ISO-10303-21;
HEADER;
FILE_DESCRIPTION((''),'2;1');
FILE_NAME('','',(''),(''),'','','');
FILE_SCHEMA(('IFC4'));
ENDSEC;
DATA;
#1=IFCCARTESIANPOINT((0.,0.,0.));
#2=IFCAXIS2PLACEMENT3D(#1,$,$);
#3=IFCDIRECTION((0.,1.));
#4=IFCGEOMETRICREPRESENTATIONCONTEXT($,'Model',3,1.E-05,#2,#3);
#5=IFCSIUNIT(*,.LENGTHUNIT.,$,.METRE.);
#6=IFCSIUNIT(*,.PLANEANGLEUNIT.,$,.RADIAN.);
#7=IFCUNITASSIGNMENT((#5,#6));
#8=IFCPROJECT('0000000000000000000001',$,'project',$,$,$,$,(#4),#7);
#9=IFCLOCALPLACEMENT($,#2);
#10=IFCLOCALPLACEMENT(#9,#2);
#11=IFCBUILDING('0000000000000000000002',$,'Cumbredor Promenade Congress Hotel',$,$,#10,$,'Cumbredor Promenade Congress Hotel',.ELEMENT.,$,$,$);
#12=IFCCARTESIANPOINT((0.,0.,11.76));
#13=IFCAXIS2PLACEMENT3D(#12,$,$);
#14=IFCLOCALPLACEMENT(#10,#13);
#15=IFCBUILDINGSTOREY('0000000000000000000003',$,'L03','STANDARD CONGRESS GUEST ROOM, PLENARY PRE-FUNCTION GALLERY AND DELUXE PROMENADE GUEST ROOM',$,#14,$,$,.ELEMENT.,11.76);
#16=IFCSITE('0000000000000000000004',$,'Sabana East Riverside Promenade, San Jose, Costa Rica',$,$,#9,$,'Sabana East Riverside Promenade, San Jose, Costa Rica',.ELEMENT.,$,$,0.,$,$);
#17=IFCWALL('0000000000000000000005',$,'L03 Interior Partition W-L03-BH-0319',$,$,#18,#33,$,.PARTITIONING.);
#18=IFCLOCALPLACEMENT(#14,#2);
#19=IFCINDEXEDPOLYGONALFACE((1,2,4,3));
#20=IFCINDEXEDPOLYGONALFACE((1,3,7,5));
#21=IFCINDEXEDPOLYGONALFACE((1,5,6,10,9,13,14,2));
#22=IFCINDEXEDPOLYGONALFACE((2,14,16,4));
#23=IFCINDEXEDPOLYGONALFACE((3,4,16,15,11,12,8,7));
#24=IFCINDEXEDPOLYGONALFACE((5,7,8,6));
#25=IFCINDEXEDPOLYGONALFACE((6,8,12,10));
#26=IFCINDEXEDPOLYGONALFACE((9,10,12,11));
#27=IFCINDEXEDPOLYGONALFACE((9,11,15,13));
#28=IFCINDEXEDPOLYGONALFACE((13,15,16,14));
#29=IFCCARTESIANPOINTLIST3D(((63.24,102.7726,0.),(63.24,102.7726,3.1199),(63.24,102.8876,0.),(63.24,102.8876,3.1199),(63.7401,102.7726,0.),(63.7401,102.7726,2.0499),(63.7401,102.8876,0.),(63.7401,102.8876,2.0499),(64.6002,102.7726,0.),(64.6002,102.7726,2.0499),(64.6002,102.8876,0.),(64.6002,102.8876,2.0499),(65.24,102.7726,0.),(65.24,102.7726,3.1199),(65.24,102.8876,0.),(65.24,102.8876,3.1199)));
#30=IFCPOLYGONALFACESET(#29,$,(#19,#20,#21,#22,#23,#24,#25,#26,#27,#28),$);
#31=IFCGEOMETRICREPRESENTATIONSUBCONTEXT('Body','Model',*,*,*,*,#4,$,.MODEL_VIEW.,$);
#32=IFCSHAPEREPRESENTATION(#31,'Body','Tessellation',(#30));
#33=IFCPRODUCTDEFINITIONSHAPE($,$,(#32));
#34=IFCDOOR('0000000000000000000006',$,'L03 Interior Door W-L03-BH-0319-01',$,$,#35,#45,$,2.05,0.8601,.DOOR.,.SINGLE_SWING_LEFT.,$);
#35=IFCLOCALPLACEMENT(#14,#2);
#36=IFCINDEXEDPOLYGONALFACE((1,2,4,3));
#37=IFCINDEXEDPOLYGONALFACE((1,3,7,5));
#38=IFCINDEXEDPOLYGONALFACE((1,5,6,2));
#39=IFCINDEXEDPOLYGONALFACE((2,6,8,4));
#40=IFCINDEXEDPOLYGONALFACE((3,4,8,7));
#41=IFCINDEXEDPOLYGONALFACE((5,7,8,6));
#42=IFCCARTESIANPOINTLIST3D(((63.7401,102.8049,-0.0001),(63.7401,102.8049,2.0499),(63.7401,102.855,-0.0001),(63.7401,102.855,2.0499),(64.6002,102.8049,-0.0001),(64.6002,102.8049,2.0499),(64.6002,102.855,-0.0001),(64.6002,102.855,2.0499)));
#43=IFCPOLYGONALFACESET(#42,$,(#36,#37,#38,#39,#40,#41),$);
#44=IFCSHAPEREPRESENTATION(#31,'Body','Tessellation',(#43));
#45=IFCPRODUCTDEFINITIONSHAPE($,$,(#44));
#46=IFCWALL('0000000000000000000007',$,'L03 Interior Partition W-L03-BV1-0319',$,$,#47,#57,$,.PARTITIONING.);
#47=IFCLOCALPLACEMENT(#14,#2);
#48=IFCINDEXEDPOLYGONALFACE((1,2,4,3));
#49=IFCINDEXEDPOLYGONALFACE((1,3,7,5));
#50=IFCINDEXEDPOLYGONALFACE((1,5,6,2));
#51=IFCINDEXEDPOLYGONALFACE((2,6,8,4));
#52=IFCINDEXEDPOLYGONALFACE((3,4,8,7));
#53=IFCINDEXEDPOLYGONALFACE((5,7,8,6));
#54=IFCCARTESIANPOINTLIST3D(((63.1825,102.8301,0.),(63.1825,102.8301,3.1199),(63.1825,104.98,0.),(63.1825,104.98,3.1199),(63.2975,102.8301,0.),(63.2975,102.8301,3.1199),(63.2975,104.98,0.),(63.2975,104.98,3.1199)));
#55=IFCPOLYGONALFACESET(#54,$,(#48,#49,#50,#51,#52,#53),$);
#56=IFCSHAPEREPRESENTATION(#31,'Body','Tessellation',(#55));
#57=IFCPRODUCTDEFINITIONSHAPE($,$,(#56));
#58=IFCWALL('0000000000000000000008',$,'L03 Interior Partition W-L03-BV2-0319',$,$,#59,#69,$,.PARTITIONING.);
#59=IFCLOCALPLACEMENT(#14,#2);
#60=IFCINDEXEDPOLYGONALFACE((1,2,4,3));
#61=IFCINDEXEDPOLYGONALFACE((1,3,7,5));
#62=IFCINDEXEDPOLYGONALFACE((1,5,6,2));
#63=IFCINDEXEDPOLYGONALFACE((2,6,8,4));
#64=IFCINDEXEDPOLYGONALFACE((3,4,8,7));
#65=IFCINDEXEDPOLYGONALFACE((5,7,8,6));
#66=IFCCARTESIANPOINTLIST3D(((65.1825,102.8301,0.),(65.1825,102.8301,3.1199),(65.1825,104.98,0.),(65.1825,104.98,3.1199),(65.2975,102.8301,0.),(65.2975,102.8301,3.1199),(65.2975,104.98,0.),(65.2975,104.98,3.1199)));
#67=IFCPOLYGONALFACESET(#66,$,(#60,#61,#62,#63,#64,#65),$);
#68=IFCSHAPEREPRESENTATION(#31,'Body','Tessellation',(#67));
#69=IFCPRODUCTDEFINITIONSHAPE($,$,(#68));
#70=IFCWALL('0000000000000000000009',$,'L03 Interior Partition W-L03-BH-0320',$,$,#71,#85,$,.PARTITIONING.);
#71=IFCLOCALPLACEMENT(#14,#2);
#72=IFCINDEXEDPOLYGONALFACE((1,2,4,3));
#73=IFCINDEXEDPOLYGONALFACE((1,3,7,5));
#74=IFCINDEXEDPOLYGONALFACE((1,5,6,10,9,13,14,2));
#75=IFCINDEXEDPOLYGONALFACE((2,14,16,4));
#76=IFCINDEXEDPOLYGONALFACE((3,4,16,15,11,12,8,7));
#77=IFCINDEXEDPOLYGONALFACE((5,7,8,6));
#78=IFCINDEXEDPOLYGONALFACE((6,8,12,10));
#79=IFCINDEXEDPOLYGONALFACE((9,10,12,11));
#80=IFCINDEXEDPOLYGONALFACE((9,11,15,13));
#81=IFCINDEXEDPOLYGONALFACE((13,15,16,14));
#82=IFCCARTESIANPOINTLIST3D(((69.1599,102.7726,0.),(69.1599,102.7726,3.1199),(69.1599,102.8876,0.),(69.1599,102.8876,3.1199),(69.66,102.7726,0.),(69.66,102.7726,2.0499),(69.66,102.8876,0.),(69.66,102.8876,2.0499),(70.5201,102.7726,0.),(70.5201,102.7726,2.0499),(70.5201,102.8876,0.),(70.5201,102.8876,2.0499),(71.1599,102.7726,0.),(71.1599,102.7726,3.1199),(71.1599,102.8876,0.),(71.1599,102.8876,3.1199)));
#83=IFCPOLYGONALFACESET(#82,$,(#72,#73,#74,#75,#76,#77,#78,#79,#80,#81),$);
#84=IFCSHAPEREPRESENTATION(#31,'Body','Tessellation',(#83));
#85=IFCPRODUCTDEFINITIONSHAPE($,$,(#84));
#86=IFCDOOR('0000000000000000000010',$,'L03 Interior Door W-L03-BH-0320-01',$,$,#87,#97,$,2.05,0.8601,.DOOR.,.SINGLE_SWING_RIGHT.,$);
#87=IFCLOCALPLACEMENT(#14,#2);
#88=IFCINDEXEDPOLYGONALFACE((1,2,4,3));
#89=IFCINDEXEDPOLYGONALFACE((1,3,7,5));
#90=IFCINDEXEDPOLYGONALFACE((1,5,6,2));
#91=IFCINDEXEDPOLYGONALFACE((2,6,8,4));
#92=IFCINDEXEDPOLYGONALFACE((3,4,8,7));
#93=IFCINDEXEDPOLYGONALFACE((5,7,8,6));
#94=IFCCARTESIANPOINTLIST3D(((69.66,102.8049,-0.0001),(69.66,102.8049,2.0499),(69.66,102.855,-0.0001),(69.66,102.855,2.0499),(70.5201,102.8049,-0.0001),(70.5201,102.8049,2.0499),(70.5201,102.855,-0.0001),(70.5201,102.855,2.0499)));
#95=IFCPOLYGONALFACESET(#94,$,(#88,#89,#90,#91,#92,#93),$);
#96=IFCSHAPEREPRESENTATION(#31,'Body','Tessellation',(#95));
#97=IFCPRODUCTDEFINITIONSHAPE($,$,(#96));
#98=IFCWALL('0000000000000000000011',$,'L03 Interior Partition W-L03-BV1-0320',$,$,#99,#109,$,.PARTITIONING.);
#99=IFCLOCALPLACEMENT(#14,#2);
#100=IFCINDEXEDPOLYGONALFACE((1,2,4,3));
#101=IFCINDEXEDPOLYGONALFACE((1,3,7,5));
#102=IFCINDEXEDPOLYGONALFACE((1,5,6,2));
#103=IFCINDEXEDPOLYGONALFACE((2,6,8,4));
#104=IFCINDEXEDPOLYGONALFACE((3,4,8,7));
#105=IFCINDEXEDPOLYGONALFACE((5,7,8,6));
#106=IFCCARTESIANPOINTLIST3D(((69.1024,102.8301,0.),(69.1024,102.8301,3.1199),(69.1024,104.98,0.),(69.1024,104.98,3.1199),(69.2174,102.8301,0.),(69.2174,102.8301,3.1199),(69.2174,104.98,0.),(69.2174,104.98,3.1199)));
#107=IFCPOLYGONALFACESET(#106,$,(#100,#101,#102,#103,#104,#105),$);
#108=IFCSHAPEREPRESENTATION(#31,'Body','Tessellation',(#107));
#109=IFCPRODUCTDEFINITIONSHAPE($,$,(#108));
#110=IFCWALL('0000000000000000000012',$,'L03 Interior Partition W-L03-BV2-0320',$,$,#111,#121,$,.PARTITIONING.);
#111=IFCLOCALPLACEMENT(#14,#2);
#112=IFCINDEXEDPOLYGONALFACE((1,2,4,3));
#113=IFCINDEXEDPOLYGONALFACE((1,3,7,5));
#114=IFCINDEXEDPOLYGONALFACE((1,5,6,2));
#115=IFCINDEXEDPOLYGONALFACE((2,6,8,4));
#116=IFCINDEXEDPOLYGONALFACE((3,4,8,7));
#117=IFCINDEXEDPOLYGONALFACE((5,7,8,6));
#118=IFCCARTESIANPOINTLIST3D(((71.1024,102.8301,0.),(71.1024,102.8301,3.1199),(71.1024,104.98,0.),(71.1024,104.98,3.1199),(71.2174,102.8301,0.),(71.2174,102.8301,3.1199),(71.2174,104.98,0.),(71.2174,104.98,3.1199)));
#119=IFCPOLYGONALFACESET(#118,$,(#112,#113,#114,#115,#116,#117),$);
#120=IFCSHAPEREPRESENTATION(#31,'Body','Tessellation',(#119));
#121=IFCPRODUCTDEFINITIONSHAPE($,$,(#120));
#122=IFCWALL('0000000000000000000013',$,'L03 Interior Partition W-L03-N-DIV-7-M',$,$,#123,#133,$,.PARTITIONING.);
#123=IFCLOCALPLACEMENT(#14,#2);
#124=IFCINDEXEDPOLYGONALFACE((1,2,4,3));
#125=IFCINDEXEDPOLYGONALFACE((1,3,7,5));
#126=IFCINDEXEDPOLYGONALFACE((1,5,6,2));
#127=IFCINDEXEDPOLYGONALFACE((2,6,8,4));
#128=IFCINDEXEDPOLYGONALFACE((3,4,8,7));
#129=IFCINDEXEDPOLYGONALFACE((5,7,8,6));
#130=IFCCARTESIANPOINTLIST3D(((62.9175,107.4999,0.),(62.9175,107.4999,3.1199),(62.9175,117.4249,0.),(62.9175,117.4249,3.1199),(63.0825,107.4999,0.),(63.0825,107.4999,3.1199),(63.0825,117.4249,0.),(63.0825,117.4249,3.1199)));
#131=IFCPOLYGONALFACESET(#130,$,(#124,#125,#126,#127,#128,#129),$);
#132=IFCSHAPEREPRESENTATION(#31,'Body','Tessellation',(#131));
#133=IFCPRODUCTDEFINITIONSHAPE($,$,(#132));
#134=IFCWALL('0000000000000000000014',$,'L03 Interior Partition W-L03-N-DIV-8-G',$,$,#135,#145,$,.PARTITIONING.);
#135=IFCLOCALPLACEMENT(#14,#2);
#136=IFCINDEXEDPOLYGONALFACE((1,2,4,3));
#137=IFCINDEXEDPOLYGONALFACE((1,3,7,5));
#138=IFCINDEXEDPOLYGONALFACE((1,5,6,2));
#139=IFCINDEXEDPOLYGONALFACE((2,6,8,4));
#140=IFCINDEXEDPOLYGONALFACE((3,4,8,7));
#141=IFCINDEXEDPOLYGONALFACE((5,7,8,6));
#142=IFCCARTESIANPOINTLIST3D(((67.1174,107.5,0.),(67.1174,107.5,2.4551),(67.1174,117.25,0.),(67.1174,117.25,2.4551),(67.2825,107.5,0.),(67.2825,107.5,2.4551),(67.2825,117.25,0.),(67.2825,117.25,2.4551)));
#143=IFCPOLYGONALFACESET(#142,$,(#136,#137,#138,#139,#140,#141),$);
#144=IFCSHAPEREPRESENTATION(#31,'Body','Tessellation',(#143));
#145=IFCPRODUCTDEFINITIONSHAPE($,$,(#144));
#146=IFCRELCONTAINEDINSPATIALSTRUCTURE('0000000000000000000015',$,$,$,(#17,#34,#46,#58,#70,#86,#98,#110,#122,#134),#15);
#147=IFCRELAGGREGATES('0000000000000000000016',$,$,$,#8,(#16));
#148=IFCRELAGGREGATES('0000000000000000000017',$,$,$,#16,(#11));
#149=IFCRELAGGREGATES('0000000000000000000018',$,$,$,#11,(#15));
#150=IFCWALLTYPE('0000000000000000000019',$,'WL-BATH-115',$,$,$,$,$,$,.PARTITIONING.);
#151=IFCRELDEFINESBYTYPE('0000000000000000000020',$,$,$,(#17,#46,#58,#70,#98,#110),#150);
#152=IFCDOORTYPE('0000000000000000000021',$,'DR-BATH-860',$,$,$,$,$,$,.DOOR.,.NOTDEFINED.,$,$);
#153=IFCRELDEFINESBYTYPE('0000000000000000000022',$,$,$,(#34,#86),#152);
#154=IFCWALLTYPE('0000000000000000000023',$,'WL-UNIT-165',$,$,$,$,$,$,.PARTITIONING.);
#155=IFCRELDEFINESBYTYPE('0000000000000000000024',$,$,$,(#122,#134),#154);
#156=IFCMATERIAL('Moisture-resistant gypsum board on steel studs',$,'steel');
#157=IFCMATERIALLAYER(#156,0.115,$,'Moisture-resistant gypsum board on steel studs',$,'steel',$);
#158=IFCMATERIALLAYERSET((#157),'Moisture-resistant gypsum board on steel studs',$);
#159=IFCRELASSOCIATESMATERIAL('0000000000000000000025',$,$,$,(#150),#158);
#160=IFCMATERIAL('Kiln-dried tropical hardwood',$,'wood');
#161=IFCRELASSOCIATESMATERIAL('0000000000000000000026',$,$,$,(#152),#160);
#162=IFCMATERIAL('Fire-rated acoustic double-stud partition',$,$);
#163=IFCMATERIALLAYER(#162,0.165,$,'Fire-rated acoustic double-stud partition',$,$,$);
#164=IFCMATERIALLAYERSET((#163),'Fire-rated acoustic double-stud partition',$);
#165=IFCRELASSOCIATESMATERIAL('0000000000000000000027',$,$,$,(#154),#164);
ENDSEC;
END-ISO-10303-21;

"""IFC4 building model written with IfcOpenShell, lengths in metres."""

from ifc_helpers import new_model, si_unit, direction, frame, frame_2d, origin, place, context, subcontext, project, spatial, rectangle, extrude, material, layer, layer_set, type_object, element, fill, save


model = new_model("IFC4")

# Units and contexts
model_context = context("Model", 3, precision=1e-05, world=origin(), true_north=direction((0.0, 1.0)))
body_context = subcontext(model_context, "Body", "Model", "MODEL_VIEW")
ifc_project = project(units=[si_unit("LENGTHUNIT", "METRE"), si_unit("PLANEANGLEUNIT", "RADIAN")], contexts=[model_context])

# Site, building, storey
site_placement = place(None, origin())
site = spatial("IfcSite", under=ifc_project, at=site_placement, Name="Sabana East Riverside Promenade, San Jose, Costa Rica", LongName="Sabana East Riverside Promenade, San Jose, Costa Rica", CompositionType="ELEMENT", RefElevation=0.0)
building_placement = place(site_placement, origin())
building = spatial("IfcBuilding", under=site, at=building_placement, Name="Cumbredor Promenade Congress Hotel", LongName="Cumbredor Promenade Congress Hotel", CompositionType="ELEMENT")
storey_placement = place(building_placement, frame((0.0, 0.0, 11.76)))
storey = spatial("IfcBuildingStorey", under=building, at=storey_placement, Name="L03", Description="STANDARD CONGRESS GUEST ROOM, PLENARY PRE-FUNCTION GALLERY AND DELUXE PROMENADE GUEST ROOM", CompositionType="ELEMENT", Elevation=11.76)

# Shared definitions
ifc_material_1 = material(Name="Moisture-resistant gypsum board on steel studs", Category="steel")
ifc_layer_1 = layer(ifc_material_1, 0.115, Name="Moisture-resistant gypsum board on steel studs", Category="steel")
ifc_layer_set_1 = layer_set([ifc_layer_1], Name="Moisture-resistant gypsum board on steel studs")
wall_type_1 = type_object("IfcWallType", Name="WL-BATH-115", PredefinedType="PARTITIONING", material=ifc_layer_set_1)

# Shared definitions
ifc_material_2 = material(Name="Kiln-dried tropical hardwood", Category="wood")
door_type = type_object("IfcDoorType", Name="DR-BATH-860", OperationType="NOTDEFINED", PredefinedType="DOOR", material=ifc_material_2)

# Wall, opening, door
wall_1_placement = place(storey_placement, frame((63.24, 102.8301, 0.0), z_axis=(0.0, 0.0, 1.0), x_axis=(1.0, 0.0, 0.0)))
wall_1 = element("IfcWall", 1, at=wall_1_placement, inside=storey, type_object=wall_type_1, Name="L03 Interior Partition W-L03-BH-0319", PredefinedType="PARTITIONING", context=body_context, shape_type="SweptSolid", body=[
    extrude(rectangle(XDim=2.0, YDim=0.115, at=frame_2d((1.0, 0.0))), origin(), (0.0, 0.0, 1.0), 3.1199),
])
opening_1_placement = place(wall_1_placement, frame((0.5, 0.0, 0.0)))
opening_1 = element("IfcOpeningElement", 2, at=opening_1_placement, cuts=wall_1, PredefinedType="OPENING", context=body_context, shape_type="SweptSolid", body=[
    extrude(rectangle(XDim=0.8601, YDim=2.05, at=frame_2d((0.4302, 1.0249))), frame((0.0, 0.0674, 0.0), z_axis=(0.0, -1.0, 0.0), x_axis=(1.0, 0.0, 0.0)), (0.0, 0.0, 1.0), 0.135),
])
door_1_placement = place(opening_1_placement, origin())
door_1 = element("IfcDoor", 3, at=door_1_placement, inside=storey, type_object=door_type, Name="L03 Interior Door W-L03-BH-0319-01", OperationType="SINGLE_SWING_LEFT", OverallHeight=2.05, OverallWidth=0.8601, PredefinedType="DOOR", context=body_context, shape_type="SweptSolid", body=[
    extrude(rectangle(XDim=0.8601, YDim=2.05, at=frame_2d((0.4302, 1.0249))), frame((0.0, 0.0249, 0.0), z_axis=(0.0, -1.0, 0.0), x_axis=(1.0, 0.0, 0.0)), (0.0, 0.0, 1.0), 0.05),
])
fill(opening_1, door_1)

# Walls
for number, where, z_axis, x_axis, name in (
    (4, (63.24, 102.8301, 0.0), (0.0, 0.0, 1.0), (0.0, 1.0, 0.0), "L03 Interior Partition W-L03-BV1-0319"),
    (5, (65.24, 102.8301, 0.0), (0.0, 0.0, 1.0), (0.0, 1.0, 0.0), "L03 Interior Partition W-L03-BV2-0319"),
):
    element("IfcWall", number, at=place(storey_placement, frame(where, z_axis=z_axis, x_axis=x_axis)), inside=storey, type_object=wall_type_1, Name=name, PredefinedType="PARTITIONING", context=body_context, shape_type="SweptSolid", body=[
        extrude(rectangle(XDim=2.1499, YDim=0.115, at=frame_2d((1.075, 0.0))), origin(), (0.0, 0.0, 1.0), 3.1199),
    ])

# Wall, opening, door
wall_2_placement = place(storey_placement, frame((69.1599, 102.8301, 0.0), z_axis=(0.0, 0.0, 1.0), x_axis=(1.0, 0.0, 0.0)))
wall_2 = element("IfcWall", 6, at=wall_2_placement, inside=storey, type_object=wall_type_1, Name="L03 Interior Partition W-L03-BH-0320", PredefinedType="PARTITIONING", context=body_context, shape_type="SweptSolid", body=[
    extrude(rectangle(XDim=2.0, YDim=0.115, at=frame_2d((1.0, 0.0))), origin(), (0.0, 0.0, 1.0), 3.1199),
])
opening_2_placement = place(wall_2_placement, frame((0.5, 0.0, 0.0)))
opening_2 = element("IfcOpeningElement", 7, at=opening_2_placement, cuts=wall_2, PredefinedType="OPENING", context=body_context, shape_type="SweptSolid", body=[
    extrude(rectangle(XDim=0.8601, YDim=2.05, at=frame_2d((0.4302, 1.0249))), frame((0.0, 0.0674, 0.0), z_axis=(0.0, -1.0, 0.0), x_axis=(1.0, 0.0, 0.0)), (0.0, 0.0, 1.0), 0.135),
])
door_2_placement = place(opening_2_placement, origin())
door_2 = element("IfcDoor", 8, at=door_2_placement, inside=storey, type_object=door_type, Name="L03 Interior Door W-L03-BH-0320-01", OperationType="SINGLE_SWING_RIGHT", OverallHeight=2.05, OverallWidth=0.8601, PredefinedType="DOOR", context=body_context, shape_type="SweptSolid", body=[
    extrude(rectangle(XDim=0.8601, YDim=2.05, at=frame_2d((0.4302, 1.0249))), frame((0.0, 0.0249, 0.0), z_axis=(0.0, -1.0, 0.0), x_axis=(1.0, 0.0, 0.0)), (0.0, 0.0, 1.0), 0.05),
])
fill(opening_2, door_2)

# Walls
for number, where, z_axis, x_axis, name in (
    (9, (69.1599, 102.8301, 0.0), (0.0, 0.0, 1.0), (0.0, 1.0, 0.0), "L03 Interior Partition W-L03-BV1-0320"),
    (10, (71.1599, 102.8301, 0.0), (0.0, 0.0, 1.0), (0.0, 1.0, 0.0), "L03 Interior Partition W-L03-BV2-0320"),
):
    element("IfcWall", number, at=place(storey_placement, frame(where, z_axis=z_axis, x_axis=x_axis)), inside=storey, type_object=wall_type_1, Name=name, PredefinedType="PARTITIONING", context=body_context, shape_type="SweptSolid", body=[
        extrude(rectangle(XDim=2.1499, YDim=0.115, at=frame_2d((1.075, 0.0))), origin(), (0.0, 0.0, 1.0), 3.1199),
    ])
ifc_material_3 = material(Name="Fire-rated acoustic double-stud partition")
ifc_layer_2 = layer(ifc_material_3, 0.165, Name="Fire-rated acoustic double-stud partition")
ifc_layer_set_2 = layer_set([ifc_layer_2], Name="Fire-rated acoustic double-stud partition")
wall_type_2 = type_object("IfcWallType", Name="WL-UNIT-165", PredefinedType="PARTITIONING", material=ifc_layer_set_2)
wall_3_placement = place(storey_placement, frame((63.0, 107.5, 0.0), z_axis=(0.0, 0.0, 1.0), x_axis=(0.0, 1.0, 0.0)))
element("IfcWall", 11, at=wall_3_placement, inside=storey, type_object=wall_type_2, Name="L03 Interior Partition W-L03-N-DIV-7-M", PredefinedType="PARTITIONING", context=body_context, shape_type="SweptSolid", body=[
    extrude(rectangle(XDim=9.925, YDim=0.165, at=frame_2d((4.9624, 0.0))), origin(), (0.0, 0.0, 1.0), 3.1199),
])
wall_4_placement = place(storey_placement, frame((67.2, 107.5, 0.0), z_axis=(0.0, 0.0, 1.0), x_axis=(0.0, 1.0, 0.0)))
element("IfcWall", 12, at=wall_4_placement, inside=storey, type_object=wall_type_2, Name="L03 Interior Partition W-L03-N-DIV-8-G", PredefinedType="PARTITIONING", context=body_context, shape_type="SweptSolid", body=[
    extrude(rectangle(XDim=9.75, YDim=0.165, at=frame_2d((4.875, 0.0))), origin(), (0.0, 0.0, 1.0), 2.4551),
])

save(model, "model.ifc")
